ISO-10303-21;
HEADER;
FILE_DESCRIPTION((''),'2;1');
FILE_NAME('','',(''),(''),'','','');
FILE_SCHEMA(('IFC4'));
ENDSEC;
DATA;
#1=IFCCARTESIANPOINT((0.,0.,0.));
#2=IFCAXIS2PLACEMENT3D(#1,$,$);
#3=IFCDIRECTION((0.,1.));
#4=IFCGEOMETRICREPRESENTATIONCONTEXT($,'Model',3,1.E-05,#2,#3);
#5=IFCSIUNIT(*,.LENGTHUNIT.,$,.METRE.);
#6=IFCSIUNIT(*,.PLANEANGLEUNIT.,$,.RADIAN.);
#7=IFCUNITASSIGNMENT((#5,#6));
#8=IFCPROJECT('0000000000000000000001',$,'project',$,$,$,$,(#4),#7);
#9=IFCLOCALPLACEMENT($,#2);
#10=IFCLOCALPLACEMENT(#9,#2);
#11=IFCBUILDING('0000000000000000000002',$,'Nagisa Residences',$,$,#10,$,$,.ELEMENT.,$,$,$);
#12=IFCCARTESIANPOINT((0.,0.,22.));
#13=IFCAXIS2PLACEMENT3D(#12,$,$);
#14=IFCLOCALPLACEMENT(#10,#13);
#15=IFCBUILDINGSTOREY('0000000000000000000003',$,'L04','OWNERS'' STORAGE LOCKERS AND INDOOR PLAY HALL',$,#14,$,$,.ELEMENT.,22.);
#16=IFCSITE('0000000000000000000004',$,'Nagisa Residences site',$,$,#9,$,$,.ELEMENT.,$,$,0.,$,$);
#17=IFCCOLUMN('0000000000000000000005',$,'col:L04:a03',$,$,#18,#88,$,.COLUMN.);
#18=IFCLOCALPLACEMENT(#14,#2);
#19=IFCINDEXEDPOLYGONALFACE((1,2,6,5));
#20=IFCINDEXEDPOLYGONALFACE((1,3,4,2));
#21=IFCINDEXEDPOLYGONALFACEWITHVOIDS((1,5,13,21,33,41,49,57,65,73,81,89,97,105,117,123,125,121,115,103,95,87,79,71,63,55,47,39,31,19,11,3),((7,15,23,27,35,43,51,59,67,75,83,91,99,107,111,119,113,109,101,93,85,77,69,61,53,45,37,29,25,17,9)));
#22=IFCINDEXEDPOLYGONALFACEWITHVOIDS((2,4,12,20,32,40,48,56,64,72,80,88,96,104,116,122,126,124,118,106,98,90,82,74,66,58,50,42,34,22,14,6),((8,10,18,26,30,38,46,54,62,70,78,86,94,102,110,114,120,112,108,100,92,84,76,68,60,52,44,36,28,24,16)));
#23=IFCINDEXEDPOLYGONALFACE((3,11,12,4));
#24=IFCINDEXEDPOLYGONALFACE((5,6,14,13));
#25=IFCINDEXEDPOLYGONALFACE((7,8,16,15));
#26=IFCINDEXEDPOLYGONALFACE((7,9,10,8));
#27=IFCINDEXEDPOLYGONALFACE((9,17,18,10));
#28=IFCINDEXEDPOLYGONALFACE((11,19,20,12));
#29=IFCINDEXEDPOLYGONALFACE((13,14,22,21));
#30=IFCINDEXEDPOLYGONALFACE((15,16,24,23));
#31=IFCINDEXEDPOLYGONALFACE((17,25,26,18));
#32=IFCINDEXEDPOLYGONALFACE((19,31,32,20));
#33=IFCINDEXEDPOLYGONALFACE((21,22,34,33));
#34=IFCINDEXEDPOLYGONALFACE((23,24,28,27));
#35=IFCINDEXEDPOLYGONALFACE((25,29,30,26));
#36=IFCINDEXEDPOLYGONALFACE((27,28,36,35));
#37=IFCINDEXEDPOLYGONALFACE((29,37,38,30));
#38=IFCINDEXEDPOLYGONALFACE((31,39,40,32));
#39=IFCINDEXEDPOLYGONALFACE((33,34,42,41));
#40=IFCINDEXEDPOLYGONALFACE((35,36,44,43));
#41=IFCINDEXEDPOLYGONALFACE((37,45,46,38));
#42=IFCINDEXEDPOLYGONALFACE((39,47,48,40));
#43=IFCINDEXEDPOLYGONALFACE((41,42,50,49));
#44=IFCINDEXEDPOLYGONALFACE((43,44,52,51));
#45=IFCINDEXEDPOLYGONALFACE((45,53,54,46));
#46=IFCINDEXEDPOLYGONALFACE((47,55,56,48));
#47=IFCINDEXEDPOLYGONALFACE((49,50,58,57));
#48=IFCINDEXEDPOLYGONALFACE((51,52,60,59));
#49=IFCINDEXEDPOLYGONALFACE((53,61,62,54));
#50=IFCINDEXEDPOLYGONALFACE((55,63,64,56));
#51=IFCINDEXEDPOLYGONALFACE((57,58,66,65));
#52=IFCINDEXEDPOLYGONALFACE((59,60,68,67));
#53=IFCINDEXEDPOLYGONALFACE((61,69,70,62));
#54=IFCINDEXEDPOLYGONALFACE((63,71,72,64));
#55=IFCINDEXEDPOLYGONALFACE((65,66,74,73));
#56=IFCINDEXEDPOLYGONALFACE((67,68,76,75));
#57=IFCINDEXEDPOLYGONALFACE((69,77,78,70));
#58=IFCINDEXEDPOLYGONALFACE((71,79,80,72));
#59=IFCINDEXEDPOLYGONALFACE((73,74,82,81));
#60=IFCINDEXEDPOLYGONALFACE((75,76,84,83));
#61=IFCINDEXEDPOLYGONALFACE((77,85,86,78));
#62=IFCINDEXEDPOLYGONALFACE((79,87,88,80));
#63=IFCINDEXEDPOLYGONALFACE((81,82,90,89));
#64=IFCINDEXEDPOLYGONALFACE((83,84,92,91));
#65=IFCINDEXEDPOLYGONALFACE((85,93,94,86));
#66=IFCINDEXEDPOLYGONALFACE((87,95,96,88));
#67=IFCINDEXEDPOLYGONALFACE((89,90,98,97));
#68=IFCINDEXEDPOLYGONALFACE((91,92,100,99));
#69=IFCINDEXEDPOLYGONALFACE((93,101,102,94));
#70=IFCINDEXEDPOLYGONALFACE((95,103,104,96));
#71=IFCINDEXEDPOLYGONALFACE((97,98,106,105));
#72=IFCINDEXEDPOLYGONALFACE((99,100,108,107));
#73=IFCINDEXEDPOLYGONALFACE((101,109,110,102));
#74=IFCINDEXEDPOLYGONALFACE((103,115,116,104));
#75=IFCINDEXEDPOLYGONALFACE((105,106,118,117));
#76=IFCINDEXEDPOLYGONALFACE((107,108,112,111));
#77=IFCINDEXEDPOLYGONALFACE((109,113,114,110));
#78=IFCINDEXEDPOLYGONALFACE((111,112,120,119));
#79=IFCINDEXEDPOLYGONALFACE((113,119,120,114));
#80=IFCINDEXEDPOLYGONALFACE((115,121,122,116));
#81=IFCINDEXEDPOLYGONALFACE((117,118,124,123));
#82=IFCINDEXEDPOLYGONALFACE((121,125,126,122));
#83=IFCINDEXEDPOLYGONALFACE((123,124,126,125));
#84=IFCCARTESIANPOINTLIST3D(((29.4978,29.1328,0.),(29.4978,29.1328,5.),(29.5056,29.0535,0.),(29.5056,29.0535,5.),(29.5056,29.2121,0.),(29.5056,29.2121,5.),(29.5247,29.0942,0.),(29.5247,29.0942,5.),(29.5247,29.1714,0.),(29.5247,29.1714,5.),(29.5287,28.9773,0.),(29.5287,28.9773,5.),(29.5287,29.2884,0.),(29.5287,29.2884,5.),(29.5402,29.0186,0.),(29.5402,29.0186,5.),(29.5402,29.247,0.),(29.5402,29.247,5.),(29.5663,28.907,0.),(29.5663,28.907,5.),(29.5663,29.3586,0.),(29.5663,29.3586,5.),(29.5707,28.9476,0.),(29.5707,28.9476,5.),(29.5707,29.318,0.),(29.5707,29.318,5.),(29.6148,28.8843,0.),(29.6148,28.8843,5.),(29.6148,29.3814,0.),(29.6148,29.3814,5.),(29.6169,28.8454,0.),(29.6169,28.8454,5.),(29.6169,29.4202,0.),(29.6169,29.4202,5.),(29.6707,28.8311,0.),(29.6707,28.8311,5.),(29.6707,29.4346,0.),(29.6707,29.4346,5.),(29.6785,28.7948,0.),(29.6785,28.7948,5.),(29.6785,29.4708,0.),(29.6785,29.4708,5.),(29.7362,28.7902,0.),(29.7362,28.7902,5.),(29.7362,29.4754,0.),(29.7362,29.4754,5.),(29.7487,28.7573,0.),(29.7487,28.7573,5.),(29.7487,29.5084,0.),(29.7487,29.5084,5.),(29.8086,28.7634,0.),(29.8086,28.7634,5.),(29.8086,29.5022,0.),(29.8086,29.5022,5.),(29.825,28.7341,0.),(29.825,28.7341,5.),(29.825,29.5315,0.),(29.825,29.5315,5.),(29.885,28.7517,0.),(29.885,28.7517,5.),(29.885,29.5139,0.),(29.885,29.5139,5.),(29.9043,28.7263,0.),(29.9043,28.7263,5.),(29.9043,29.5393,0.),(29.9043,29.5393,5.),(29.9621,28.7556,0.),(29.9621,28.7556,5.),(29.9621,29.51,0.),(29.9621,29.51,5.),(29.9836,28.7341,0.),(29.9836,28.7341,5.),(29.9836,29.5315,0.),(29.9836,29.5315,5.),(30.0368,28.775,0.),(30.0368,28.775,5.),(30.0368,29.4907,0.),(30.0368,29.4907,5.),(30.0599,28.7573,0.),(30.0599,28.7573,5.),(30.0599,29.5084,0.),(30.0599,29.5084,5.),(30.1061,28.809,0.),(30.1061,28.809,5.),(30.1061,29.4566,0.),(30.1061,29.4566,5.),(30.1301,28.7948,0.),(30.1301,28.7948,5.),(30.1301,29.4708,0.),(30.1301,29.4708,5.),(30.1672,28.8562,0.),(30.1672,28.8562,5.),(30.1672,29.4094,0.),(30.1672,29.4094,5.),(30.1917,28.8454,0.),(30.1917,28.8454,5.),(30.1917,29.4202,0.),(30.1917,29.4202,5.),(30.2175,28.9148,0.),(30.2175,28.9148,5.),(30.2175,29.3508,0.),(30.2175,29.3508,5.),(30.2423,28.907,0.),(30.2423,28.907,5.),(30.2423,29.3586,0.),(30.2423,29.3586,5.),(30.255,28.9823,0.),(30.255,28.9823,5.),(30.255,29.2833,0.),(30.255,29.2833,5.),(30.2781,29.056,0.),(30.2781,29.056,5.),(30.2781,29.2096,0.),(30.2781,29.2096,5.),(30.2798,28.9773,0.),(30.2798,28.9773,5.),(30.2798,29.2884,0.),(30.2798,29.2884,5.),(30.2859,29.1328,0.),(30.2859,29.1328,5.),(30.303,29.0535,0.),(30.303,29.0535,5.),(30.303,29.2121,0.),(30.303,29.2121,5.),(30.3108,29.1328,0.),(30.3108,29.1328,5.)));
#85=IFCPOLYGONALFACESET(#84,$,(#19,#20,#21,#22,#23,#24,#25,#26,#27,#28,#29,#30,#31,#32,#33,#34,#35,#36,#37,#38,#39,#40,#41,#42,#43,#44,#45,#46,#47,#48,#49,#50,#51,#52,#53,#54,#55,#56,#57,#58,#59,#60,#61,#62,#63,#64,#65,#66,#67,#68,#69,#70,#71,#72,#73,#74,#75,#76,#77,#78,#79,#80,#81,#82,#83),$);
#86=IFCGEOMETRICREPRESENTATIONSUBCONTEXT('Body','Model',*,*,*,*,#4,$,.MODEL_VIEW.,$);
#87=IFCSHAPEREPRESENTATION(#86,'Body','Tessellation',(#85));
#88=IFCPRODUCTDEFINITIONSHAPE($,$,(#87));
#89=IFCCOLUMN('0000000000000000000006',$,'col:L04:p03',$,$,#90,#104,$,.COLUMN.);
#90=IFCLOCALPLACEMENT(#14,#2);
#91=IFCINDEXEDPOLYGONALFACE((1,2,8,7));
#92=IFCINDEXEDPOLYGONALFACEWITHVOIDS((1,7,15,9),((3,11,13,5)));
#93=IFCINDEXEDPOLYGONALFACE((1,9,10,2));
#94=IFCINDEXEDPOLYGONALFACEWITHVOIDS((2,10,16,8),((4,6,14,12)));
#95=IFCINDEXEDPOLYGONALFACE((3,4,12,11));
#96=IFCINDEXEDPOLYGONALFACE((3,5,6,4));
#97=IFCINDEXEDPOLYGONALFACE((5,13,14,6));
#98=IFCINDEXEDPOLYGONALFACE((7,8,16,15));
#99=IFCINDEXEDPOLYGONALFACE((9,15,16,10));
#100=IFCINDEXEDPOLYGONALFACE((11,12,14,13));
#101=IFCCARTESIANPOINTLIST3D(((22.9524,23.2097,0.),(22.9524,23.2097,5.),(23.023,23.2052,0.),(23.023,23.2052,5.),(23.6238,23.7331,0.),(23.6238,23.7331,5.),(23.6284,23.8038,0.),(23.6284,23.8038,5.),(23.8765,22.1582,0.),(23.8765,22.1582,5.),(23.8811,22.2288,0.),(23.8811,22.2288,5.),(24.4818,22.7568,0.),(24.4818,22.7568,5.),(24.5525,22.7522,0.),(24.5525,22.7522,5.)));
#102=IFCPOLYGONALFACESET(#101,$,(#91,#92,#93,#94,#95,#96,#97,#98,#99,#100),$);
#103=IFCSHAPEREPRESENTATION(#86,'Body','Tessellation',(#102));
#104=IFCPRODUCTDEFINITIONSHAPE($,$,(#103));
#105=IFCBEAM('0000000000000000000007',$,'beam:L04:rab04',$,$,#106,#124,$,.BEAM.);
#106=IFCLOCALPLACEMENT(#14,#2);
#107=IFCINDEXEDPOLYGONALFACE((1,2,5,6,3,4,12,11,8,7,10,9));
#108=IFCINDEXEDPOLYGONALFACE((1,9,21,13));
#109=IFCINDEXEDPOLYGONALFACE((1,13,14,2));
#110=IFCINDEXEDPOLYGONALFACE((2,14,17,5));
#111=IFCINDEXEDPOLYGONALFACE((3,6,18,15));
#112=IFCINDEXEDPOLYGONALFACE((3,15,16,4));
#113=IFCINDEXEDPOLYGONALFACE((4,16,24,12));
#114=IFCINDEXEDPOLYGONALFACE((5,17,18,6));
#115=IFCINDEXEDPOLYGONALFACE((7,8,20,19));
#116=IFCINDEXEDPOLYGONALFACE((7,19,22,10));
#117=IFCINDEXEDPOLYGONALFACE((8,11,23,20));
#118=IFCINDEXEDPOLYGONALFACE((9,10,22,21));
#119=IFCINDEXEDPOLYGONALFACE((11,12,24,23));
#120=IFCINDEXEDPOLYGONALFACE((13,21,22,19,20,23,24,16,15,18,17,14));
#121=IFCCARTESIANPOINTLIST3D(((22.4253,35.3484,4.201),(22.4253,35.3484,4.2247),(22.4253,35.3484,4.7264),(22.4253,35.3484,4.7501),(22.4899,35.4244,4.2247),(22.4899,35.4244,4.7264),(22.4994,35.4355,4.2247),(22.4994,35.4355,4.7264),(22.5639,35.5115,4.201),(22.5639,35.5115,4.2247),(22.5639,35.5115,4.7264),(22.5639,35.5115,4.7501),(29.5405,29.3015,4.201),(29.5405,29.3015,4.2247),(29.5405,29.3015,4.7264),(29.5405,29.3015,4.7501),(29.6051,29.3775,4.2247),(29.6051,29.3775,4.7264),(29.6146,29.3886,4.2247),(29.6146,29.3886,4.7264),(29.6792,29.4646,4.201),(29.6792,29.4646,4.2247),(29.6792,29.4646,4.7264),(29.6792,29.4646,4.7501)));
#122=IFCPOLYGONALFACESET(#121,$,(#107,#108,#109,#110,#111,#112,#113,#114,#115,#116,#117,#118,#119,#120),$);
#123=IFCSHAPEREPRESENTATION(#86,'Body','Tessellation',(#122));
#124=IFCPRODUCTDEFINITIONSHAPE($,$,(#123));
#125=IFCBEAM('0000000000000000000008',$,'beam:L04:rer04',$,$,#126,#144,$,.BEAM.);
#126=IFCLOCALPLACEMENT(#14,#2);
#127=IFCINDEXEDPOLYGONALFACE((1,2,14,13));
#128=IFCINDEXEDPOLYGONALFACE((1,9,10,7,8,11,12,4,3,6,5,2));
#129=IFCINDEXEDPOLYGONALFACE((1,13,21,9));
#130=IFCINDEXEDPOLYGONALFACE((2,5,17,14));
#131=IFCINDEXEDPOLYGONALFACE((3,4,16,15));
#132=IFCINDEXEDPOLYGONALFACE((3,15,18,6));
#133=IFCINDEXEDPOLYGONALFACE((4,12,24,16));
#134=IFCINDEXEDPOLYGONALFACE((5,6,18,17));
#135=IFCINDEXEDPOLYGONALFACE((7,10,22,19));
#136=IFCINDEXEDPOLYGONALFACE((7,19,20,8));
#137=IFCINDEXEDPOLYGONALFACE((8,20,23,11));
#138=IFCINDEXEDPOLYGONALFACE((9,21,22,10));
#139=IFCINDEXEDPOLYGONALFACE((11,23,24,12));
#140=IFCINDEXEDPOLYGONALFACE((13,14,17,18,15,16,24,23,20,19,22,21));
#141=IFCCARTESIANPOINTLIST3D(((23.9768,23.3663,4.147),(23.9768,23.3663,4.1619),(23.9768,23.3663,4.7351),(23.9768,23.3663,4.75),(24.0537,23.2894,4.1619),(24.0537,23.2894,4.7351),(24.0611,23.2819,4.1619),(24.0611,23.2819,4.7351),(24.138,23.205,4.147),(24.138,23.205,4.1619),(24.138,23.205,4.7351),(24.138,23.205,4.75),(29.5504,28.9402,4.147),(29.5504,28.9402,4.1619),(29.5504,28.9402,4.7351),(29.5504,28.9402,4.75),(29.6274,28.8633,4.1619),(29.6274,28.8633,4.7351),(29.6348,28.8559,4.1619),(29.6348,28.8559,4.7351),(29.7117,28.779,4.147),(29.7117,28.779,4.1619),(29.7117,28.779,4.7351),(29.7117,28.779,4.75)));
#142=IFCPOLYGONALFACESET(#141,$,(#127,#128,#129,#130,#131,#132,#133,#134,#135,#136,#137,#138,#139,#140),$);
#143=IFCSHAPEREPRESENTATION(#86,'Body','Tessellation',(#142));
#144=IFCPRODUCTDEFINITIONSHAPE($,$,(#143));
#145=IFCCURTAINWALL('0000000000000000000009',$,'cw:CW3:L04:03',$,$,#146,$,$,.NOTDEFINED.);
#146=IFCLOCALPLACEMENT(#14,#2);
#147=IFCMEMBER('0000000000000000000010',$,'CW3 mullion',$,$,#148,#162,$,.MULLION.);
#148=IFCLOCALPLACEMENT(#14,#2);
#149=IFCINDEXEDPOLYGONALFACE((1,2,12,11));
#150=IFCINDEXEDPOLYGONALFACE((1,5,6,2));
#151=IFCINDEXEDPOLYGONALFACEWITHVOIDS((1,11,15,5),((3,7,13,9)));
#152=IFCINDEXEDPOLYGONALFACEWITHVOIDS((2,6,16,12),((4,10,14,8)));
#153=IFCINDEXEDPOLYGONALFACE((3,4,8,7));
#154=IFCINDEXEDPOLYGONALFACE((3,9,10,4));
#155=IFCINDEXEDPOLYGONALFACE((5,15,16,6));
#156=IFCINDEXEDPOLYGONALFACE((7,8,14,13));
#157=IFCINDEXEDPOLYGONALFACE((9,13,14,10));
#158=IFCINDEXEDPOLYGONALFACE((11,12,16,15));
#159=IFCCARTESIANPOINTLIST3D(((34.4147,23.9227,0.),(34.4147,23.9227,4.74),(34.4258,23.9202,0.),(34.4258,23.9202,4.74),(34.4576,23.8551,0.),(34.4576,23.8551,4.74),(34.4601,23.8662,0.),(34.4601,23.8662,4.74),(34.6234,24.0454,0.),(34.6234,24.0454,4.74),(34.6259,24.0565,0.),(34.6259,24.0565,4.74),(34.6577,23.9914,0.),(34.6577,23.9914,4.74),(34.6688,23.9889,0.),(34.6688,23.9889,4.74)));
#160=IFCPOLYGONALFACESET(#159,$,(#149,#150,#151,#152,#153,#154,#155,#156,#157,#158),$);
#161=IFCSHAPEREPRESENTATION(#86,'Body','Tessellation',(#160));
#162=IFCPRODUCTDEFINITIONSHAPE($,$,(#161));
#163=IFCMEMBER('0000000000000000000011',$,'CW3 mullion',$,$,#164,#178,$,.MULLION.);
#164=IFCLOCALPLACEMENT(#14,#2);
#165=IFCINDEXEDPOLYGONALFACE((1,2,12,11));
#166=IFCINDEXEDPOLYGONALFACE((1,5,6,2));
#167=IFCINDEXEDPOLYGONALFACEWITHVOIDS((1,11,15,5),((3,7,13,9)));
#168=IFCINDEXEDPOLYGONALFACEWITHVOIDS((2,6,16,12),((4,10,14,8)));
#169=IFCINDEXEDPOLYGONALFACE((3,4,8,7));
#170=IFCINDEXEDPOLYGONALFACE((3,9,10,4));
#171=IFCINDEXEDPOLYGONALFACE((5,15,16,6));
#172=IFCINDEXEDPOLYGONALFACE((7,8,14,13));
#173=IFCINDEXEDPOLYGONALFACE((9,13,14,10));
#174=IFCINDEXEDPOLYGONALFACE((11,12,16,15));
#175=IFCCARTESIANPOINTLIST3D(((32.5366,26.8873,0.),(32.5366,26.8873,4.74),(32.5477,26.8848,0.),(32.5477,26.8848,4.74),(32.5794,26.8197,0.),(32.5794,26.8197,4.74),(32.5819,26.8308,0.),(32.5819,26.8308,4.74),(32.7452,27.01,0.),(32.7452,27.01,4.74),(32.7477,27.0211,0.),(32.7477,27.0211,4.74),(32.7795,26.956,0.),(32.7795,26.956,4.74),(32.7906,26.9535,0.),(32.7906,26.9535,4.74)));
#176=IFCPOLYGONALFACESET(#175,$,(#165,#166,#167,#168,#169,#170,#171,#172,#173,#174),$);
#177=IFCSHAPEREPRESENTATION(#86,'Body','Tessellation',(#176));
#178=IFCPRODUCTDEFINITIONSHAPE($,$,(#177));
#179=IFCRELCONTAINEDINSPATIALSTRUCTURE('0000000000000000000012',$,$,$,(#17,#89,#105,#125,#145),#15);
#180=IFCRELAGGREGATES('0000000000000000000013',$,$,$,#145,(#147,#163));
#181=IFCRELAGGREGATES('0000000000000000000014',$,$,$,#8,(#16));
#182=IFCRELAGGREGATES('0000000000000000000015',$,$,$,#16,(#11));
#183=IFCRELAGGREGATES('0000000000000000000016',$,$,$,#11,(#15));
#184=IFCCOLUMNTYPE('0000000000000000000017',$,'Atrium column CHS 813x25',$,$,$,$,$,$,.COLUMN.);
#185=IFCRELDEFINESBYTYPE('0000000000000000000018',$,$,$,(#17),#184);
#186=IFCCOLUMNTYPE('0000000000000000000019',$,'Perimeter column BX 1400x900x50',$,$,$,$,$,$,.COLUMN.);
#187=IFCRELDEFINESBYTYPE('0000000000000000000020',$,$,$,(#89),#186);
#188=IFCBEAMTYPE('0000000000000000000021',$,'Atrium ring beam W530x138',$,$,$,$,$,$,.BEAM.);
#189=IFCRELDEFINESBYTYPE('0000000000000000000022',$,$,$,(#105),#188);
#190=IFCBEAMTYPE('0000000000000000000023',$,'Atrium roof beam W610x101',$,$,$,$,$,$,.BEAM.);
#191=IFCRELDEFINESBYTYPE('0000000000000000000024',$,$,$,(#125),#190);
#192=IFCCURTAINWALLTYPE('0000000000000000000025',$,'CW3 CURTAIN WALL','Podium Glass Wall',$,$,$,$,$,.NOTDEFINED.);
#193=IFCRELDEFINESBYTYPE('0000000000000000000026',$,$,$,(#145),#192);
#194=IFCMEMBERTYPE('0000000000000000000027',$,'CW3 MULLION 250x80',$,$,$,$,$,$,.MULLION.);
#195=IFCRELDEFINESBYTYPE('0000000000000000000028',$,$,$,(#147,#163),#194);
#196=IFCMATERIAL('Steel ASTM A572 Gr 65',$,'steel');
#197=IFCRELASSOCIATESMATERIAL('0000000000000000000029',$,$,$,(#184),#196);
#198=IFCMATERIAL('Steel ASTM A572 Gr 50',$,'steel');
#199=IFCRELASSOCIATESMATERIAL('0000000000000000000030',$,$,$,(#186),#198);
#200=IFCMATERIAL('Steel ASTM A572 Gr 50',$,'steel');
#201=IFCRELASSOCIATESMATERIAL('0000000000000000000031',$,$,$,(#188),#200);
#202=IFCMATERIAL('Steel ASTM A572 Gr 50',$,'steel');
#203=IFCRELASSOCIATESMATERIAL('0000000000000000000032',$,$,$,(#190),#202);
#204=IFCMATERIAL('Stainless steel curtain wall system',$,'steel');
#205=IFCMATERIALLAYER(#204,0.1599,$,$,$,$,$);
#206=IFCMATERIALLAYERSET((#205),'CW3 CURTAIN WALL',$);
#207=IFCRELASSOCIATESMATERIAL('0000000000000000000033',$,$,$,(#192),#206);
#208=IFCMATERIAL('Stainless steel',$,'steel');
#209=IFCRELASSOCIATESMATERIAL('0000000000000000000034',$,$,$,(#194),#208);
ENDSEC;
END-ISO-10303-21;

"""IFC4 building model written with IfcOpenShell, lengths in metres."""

from ifc_helpers import new_model, si_unit, direction, frame, origin, origin_2d, place, context, subcontext, project, spatial, hollow_rectangle, hollow_circle, i_section, extrude, material, layer, layer_set, material_profile, profile_set, type_object, element, aggregate, save


model = new_model("IFC4")

# Units and contexts
model_context = context("Model", 3, precision=1e-05, world=origin(), true_north=direction((0.0, 1.0)))
body_context = subcontext(model_context, "Body", "Model", "MODEL_VIEW")
ifc_project = project(units=[si_unit("LENGTHUNIT", "METRE"), si_unit("PLANEANGLEUNIT", "RADIAN")], contexts=[model_context])

# Site, building, storey
site_placement = place(None, origin())
site = spatial("IfcSite", under=ifc_project, at=site_placement, Name="Nagisa Residences site", CompositionType="ELEMENT", RefElevation=0.0)
building_placement = place(site_placement, origin())
building = spatial("IfcBuilding", under=site, at=building_placement, Name="Nagisa Residences", CompositionType="ELEMENT")
storey_placement = place(building_placement, frame((0.0, 0.0, 22.0)))
storey = spatial("IfcBuildingStorey", under=building, at=storey_placement, Name="L04", Description="OWNERS' STORAGE LOCKERS AND INDOOR PLAY HALL", CompositionType="ELEMENT", Elevation=22.0)

# Columns
ifc_material_1 = material(Name="Steel ASTM A572 Gr 65", Category="steel")
ifc_material_profile_1 = material_profile(ifc_material_1, hollow_circle(Radius=0.4065, WallThickness=0.0249, at=origin_2d()), Name="CHS 813x25")
ifc_profile_set_1 = profile_set([ifc_material_profile_1], Name="Steel ASTM A572 Gr 65")
column_type_1 = type_object("IfcColumnType", Name="Atrium column CHS 813x25", PredefinedType="COLUMN", material=ifc_profile_set_1)
column_1_placement = place(storey_placement, frame((29.9043, 29.1328, 0.0), z_axis=(0.0, 0.0, 1.0), x_axis=(1.0, 0.0, 0.0)))
element("IfcColumn", 1, at=column_1_placement, inside=storey, type_object=column_type_1, Name="col:L04:a03", PredefinedType="COLUMN", context=body_context, shape_type="SweptSolid", body=[
    extrude(hollow_circle(Radius=0.4065, WallThickness=0.0249, at=origin_2d()), origin(), (0.0, 0.0, 1.0), 5.0),
])
ifc_material_2 = material(Name="Steel ASTM A572 Gr 50", Category="steel")
ifc_material_profile_2 = material_profile(ifc_material_2, hollow_rectangle(XDim=1.3999, YDim=0.8999, WallThickness=0.05, at=origin_2d()), Name="BX 1400x900x50")
ifc_profile_set_2 = profile_set([ifc_material_profile_2], Name="Steel ASTM A572 Gr 50")
column_type_2 = type_object("IfcColumnType", Name="Perimeter column BX 1400x900x50", PredefinedType="COLUMN", material=ifc_profile_set_2)
column_2_placement = place(storey_placement, frame((23.7524, 22.981, 0.0), z_axis=(0.0, 0.0, 1.0), x_axis=(-0.660115, 0.751165, 0.0)))
element("IfcColumn", 2, at=column_2_placement, inside=storey, type_object=column_type_2, Name="col:L04:p03", PredefinedType="COLUMN", context=body_context, shape_type="SweptSolid", body=[
    extrude(hollow_rectangle(XDim=1.3999, YDim=0.8999, WallThickness=0.05, at=origin_2d()), origin(), (0.0, 0.0, 1.0), 5.0),
])

# Beams
ifc_material_3 = material(Name="Steel ASTM A572 Gr 50", Category="steel")
ifc_material_profile_3 = material_profile(ifc_material_3, i_section(OverallWidth=0.2141, OverallDepth=0.5491, WebThickness=0.0146, FlangeThickness=0.0237, at=origin_2d()), Name="W530x138")
ifc_profile_set_3 = profile_set([ifc_material_profile_3], Name="Steel ASTM A572 Gr 50")
beam_type_1 = type_object("IfcBeamType", Name="Atrium ring beam W530x138", PredefinedType="BEAM", material=ifc_profile_set_3)
beam_1_placement = place(storey_placement, frame((29.6099, 29.3831, 4.4756), z_axis=(-0.761996, 0.647582, 0.0), x_axis=(-0.647582, -0.761996, 0.0)))
element("IfcBeam", 3, at=beam_1_placement, inside=storey, type_object=beam_type_1, Name="beam:L04:rab04", PredefinedType="BEAM", context=body_context, shape_type="SweptSolid", body=[
    extrude(i_section(OverallWidth=0.2141, OverallDepth=0.5491, WebThickness=0.0146, FlangeThickness=0.0237, at=origin_2d()), origin(), (0.0, 0.0, 1.0), 9.3376),
])
ifc_material_4 = material(Name="Steel ASTM A572 Gr 50", Category="steel")
ifc_material_profile_4 = material_profile(ifc_material_4, i_section(OverallWidth=0.228, OverallDepth=0.603, WebThickness=0.0105, FlangeThickness=0.0149, at=origin_2d()), Name="W610x101")
ifc_profile_set_4 = profile_set([ifc_material_profile_4], Name="Steel ASTM A572 Gr 50")
beam_type_2 = type_object("IfcBeamType", Name="Atrium roof beam W610x101", PredefinedType="BEAM", material=ifc_profile_set_4)
beam_2_placement = place(storey_placement, frame((24.0574, 23.2856, 4.4485), z_axis=(0.707091, 0.707122, 0.0), x_axis=(-0.707122, 0.707091, 0.0)))
element("IfcBeam", 4, at=beam_2_placement, inside=storey, type_object=beam_type_2, Name="beam:L04:rer04", PredefinedType="BEAM", context=body_context, shape_type="SweptSolid", body=[
    extrude(i_section(OverallWidth=0.228, OverallDepth=0.603, WebThickness=0.0105, FlangeThickness=0.0149, at=origin_2d()), origin(), (0.0, 0.0, 1.0), 7.8826),
])

# Curtain wall, members
ifc_material_5 = material(Name="Stainless steel curtain wall system", Category="steel")
ifc_layer_1 = layer(ifc_material_5, 0.1599)
ifc_layer_set_1 = layer_set([ifc_layer_1], Name="CW3 CURTAIN WALL")
curtain_wall_type_1 = type_object("IfcCurtainWallType", Name="CW3 CURTAIN WALL", Description="Podium Glass Wall", PredefinedType="NOTDEFINED", material=ifc_layer_set_1)
curtain_wall_1_placement = place(storey_placement, origin())
curtain_wall_1 = element("IfcCurtainWall", 5, at=curtain_wall_1_placement, inside=storey, type_object=curtain_wall_type_1, Name="cw:CW3:L04:03", PredefinedType="NOTDEFINED")
ifc_material_6 = material(Name="Stainless steel", Category="steel")
ifc_material_profile_5 = material_profile(ifc_material_6, hollow_rectangle(XDim=0.25, YDim=0.0801, WallThickness=0.0081, at=origin_2d()), Name="CW3 MULLION 250x80")
ifc_profile_set_5 = profile_set([ifc_material_profile_5], Name="Stainless steel")
member_type_1 = type_object("IfcMemberType", Name="CW3 MULLION 250x80", PredefinedType="MULLION", material=ifc_profile_set_5)
member_1_placement = place(storey_placement, frame((34.5417, 23.9558, 0.0), z_axis=(0.0, 0.0, 1.0), x_axis=(-0.844747, -0.535165, 0.0)))
member_1 = element("IfcMember", 6, at=member_1_placement, type_object=member_type_1, Name="CW3 mullion", PredefinedType="MULLION", context=body_context, shape_type="SweptSolid", body=[
    extrude(hollow_rectangle(XDim=0.25, YDim=0.0801, WallThickness=0.0081, at=origin_2d()), origin(), (0.0, 0.0, 1.0), 4.74),
])
member_2_placement = place(storey_placement, frame((32.6636, 26.9204, 0.0), z_axis=(0.0, 0.0, 1.0), x_axis=(-0.844747, -0.535165, 0.0)))
member_2 = element("IfcMember", 7, at=member_2_placement, type_object=member_type_1, Name="CW3 mullion", PredefinedType="MULLION", context=body_context, shape_type="SweptSolid", body=[
    extrude(hollow_rectangle(XDim=0.25, YDim=0.0801, WallThickness=0.0081, at=origin_2d()), origin(), (0.0, 0.0, 1.0), 4.74),
])

aggregate(curtain_wall_1, [member_1, member_2])

save(model, "model.ifc")
